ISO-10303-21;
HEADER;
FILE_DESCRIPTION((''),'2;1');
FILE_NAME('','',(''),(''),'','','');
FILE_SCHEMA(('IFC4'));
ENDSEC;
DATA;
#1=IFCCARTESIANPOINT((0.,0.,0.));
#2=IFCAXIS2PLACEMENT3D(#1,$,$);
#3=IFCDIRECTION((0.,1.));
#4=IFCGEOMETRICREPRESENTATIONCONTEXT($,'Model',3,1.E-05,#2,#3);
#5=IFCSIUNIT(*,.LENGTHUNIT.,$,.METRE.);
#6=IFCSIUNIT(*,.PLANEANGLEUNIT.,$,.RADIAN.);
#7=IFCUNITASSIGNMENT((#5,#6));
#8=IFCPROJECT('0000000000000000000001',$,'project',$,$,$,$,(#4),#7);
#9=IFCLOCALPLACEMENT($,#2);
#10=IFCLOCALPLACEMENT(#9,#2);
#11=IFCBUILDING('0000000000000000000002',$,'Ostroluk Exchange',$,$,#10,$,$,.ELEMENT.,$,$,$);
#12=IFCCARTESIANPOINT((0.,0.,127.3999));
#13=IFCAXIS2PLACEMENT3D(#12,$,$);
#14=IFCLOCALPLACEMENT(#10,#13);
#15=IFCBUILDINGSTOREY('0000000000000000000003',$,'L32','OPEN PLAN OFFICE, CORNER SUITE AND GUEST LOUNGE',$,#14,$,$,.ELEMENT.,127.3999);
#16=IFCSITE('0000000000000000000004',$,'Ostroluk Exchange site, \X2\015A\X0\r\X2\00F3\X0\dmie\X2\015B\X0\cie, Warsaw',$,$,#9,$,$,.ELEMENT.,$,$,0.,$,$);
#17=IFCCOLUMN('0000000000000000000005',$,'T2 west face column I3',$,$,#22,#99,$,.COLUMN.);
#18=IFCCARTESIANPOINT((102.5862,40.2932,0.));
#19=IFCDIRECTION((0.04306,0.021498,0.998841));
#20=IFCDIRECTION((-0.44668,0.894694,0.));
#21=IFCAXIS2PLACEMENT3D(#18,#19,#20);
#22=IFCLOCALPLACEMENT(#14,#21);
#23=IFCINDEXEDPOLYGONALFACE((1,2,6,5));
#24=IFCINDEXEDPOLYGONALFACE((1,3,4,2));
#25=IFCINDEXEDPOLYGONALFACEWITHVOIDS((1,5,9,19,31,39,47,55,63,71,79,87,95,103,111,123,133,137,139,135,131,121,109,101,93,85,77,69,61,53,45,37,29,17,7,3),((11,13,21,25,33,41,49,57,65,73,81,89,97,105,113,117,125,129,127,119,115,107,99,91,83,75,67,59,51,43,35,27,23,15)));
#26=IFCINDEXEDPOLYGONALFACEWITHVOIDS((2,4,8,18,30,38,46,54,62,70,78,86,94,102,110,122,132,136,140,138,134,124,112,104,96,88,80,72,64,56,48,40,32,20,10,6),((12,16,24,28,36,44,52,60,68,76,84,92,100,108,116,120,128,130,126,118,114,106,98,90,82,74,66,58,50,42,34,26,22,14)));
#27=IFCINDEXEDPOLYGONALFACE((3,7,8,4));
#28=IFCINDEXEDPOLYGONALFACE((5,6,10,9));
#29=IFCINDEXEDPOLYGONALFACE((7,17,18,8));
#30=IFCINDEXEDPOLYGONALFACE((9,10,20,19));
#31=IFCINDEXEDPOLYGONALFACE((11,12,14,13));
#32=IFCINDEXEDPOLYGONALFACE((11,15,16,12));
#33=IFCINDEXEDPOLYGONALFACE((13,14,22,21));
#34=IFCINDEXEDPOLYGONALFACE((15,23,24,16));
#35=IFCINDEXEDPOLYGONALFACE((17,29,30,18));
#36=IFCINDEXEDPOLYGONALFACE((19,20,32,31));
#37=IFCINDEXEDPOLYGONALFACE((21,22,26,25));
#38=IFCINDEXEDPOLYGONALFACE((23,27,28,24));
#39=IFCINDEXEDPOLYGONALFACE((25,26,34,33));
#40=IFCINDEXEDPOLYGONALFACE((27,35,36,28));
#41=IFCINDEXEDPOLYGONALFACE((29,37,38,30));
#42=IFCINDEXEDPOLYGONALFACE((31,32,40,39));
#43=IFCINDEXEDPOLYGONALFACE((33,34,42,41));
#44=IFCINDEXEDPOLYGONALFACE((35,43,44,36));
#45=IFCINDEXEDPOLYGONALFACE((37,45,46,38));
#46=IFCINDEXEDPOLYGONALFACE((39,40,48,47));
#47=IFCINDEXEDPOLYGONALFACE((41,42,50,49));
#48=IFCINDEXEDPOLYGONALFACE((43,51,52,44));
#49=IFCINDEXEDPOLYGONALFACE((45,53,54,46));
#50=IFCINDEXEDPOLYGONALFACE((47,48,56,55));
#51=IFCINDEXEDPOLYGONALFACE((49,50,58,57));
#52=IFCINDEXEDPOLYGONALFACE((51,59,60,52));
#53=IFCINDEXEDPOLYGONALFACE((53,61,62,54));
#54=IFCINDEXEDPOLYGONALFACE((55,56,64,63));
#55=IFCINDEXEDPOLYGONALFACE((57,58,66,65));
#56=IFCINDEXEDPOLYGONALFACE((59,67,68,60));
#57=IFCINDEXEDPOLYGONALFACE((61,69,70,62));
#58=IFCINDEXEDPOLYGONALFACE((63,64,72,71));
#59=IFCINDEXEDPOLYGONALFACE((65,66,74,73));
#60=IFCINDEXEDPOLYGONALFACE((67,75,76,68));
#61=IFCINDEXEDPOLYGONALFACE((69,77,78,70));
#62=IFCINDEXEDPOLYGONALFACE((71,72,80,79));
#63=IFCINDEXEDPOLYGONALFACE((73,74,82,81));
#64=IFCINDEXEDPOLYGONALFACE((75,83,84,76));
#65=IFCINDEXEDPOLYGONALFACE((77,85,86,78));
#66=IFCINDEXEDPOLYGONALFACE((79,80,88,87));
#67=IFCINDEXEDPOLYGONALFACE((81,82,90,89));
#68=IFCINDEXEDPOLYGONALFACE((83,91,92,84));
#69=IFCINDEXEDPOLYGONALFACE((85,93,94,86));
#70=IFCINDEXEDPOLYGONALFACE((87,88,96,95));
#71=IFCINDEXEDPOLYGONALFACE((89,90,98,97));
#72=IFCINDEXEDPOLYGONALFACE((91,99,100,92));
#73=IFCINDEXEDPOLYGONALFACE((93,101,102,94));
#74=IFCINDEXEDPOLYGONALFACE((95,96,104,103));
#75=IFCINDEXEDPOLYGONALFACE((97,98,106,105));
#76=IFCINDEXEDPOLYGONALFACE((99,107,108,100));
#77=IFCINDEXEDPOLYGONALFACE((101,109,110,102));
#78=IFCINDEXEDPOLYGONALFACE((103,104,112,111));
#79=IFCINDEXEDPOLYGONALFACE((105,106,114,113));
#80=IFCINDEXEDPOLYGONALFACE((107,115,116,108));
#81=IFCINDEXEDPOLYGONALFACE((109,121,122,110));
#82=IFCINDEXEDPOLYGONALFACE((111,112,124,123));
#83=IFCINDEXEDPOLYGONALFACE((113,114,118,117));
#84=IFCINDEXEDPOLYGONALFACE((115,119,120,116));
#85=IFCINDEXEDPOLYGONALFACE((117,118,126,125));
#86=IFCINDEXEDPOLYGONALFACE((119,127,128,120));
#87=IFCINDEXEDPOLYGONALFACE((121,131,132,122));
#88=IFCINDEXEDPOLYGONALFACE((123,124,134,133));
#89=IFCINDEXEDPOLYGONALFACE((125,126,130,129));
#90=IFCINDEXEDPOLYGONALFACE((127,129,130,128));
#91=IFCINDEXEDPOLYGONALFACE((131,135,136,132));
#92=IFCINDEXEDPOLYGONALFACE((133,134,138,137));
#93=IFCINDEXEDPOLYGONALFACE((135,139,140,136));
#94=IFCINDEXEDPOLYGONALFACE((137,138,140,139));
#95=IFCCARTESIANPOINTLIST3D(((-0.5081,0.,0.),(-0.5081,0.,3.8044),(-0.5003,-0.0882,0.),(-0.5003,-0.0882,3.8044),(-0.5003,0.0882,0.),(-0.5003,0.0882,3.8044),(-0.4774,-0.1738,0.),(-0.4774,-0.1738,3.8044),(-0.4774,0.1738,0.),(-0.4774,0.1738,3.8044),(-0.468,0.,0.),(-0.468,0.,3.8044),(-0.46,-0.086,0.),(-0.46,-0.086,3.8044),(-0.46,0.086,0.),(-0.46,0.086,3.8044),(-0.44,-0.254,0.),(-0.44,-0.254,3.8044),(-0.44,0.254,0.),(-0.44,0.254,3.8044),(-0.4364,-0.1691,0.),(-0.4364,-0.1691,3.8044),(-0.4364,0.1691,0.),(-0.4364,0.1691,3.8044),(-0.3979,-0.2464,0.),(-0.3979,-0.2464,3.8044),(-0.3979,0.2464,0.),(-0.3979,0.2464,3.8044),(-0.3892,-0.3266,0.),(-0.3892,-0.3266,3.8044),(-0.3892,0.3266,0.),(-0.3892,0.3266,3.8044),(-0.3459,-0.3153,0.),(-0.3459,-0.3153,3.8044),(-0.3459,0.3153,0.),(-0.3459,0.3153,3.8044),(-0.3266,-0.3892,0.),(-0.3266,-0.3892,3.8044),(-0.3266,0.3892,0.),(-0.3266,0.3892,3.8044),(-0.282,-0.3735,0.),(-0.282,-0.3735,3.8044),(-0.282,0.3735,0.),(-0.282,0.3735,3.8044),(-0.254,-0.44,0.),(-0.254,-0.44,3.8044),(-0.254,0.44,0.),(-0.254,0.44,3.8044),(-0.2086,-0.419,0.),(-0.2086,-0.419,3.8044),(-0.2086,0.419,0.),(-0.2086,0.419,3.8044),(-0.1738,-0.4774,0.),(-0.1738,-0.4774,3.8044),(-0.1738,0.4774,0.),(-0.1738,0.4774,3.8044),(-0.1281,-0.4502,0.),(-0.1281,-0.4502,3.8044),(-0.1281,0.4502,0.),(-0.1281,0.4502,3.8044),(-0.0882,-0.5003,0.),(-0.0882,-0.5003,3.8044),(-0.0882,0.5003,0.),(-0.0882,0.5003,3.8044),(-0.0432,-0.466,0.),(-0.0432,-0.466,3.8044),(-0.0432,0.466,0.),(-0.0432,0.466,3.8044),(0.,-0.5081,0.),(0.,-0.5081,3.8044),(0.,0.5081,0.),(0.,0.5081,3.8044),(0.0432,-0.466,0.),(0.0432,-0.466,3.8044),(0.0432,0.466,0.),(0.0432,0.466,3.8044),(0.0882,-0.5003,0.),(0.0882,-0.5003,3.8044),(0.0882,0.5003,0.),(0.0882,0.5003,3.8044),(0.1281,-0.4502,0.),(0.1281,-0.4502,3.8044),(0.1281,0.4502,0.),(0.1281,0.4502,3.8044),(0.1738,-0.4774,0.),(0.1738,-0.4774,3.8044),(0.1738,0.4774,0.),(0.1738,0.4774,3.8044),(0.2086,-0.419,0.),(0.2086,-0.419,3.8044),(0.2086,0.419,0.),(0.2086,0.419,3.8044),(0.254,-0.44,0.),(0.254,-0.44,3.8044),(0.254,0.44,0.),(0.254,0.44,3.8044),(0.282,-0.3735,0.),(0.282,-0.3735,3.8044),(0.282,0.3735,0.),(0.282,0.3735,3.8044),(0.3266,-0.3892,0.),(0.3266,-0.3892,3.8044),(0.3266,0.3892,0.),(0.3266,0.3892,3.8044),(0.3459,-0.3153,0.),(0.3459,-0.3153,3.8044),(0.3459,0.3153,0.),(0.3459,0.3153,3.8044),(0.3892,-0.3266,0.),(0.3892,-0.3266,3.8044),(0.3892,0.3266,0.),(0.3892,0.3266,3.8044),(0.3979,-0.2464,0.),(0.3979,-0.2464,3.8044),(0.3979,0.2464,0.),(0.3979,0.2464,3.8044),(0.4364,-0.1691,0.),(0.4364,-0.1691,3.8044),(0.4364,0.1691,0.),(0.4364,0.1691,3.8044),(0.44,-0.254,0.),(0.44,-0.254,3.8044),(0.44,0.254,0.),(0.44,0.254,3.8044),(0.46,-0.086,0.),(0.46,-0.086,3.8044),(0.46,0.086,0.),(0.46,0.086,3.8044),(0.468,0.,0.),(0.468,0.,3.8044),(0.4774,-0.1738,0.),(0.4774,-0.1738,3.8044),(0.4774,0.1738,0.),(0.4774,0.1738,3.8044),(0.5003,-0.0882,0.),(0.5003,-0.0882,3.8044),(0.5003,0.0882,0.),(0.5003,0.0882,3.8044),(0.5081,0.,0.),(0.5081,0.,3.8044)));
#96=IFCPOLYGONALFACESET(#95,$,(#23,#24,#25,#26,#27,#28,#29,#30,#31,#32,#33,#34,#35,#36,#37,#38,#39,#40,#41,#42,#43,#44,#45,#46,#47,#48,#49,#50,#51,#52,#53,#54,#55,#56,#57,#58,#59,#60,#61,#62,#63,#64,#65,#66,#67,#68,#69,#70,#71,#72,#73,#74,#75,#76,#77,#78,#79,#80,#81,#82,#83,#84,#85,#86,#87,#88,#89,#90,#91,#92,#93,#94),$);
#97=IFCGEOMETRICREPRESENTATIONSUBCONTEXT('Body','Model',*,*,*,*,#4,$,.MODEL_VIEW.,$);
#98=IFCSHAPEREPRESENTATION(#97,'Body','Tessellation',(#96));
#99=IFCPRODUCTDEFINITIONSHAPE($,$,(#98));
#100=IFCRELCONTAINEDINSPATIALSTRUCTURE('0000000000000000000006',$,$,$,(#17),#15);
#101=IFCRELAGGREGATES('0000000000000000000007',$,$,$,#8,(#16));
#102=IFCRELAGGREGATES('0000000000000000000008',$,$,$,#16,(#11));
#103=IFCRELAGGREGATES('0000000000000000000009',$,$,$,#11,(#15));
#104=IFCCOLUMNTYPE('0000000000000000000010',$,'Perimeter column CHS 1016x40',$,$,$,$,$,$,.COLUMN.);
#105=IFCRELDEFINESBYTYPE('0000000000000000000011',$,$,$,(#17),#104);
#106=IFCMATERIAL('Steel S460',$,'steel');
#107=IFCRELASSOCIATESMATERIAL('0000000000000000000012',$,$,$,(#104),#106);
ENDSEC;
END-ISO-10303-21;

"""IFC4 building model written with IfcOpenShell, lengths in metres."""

from ifc_helpers import new_model, si_unit, direction, frame, origin, origin_2d, place, context, subcontext, project, spatial, hollow_circle, extrude, material, material_profile, profile_set, type_object, element, save


model = new_model("IFC4")

# Units and contexts
model_context = context("Model", 3, precision=1e-05, world=origin(), true_north=direction((0.0, 1.0)))
body_context = subcontext(model_context, "Body", "Model", "MODEL_VIEW")
ifc_project = project(units=[si_unit("LENGTHUNIT", "METRE"), si_unit("PLANEANGLEUNIT", "RADIAN")], contexts=[model_context])

# Site, building, storey
site_placement = place(None, origin())
site = spatial("IfcSite", under=ifc_project, at=site_placement, Name="Ostroluk Exchange site, Śródmieście, Warsaw", CompositionType="ELEMENT", RefElevation=0.0)
building_placement = place(site_placement, origin())
building = spatial("IfcBuilding", under=site, at=building_placement, Name="Ostroluk Exchange", CompositionType="ELEMENT")
storey_placement = place(building_placement, frame((0.0, 0.0, 127.3999)))
storey = spatial("IfcBuildingStorey", under=building, at=storey_placement, Name="L32", Description="OPEN PLAN OFFICE, CORNER SUITE AND GUEST LOUNGE", CompositionType="ELEMENT", Elevation=127.3999)

# Column
ifc_material_1 = material(Name="Steel S460", Category="steel")
ifc_material_profile_1 = material_profile(ifc_material_1, hollow_circle(Radius=0.5081, WallThickness=0.04, at=origin_2d()), Name="CHS 1016x40")
ifc_profile_set_1 = profile_set([ifc_material_profile_1], Name="Steel S460")
column_type_1 = type_object("IfcColumnType", Name="Perimeter column CHS 1016x40", PredefinedType="COLUMN", material=ifc_profile_set_1)
column_1_placement = place(storey_placement, frame((102.5862, 40.2932, 0.0), z_axis=(0.04306, 0.021498, 0.998841), x_axis=(-0.44668, 0.894694, 0.0)))
element("IfcColumn", 1, at=column_1_placement, inside=storey, type_object=column_type_1, Name="T2 west face column I3", PredefinedType="COLUMN", context=body_context, shape_type="SweptSolid", body=[
    extrude(hollow_circle(Radius=0.5081, WallThickness=0.04, at=origin_2d()), origin(), (0.0, 0.0, 1.0), 3.8044),
])

save(model, "model.ifc")
